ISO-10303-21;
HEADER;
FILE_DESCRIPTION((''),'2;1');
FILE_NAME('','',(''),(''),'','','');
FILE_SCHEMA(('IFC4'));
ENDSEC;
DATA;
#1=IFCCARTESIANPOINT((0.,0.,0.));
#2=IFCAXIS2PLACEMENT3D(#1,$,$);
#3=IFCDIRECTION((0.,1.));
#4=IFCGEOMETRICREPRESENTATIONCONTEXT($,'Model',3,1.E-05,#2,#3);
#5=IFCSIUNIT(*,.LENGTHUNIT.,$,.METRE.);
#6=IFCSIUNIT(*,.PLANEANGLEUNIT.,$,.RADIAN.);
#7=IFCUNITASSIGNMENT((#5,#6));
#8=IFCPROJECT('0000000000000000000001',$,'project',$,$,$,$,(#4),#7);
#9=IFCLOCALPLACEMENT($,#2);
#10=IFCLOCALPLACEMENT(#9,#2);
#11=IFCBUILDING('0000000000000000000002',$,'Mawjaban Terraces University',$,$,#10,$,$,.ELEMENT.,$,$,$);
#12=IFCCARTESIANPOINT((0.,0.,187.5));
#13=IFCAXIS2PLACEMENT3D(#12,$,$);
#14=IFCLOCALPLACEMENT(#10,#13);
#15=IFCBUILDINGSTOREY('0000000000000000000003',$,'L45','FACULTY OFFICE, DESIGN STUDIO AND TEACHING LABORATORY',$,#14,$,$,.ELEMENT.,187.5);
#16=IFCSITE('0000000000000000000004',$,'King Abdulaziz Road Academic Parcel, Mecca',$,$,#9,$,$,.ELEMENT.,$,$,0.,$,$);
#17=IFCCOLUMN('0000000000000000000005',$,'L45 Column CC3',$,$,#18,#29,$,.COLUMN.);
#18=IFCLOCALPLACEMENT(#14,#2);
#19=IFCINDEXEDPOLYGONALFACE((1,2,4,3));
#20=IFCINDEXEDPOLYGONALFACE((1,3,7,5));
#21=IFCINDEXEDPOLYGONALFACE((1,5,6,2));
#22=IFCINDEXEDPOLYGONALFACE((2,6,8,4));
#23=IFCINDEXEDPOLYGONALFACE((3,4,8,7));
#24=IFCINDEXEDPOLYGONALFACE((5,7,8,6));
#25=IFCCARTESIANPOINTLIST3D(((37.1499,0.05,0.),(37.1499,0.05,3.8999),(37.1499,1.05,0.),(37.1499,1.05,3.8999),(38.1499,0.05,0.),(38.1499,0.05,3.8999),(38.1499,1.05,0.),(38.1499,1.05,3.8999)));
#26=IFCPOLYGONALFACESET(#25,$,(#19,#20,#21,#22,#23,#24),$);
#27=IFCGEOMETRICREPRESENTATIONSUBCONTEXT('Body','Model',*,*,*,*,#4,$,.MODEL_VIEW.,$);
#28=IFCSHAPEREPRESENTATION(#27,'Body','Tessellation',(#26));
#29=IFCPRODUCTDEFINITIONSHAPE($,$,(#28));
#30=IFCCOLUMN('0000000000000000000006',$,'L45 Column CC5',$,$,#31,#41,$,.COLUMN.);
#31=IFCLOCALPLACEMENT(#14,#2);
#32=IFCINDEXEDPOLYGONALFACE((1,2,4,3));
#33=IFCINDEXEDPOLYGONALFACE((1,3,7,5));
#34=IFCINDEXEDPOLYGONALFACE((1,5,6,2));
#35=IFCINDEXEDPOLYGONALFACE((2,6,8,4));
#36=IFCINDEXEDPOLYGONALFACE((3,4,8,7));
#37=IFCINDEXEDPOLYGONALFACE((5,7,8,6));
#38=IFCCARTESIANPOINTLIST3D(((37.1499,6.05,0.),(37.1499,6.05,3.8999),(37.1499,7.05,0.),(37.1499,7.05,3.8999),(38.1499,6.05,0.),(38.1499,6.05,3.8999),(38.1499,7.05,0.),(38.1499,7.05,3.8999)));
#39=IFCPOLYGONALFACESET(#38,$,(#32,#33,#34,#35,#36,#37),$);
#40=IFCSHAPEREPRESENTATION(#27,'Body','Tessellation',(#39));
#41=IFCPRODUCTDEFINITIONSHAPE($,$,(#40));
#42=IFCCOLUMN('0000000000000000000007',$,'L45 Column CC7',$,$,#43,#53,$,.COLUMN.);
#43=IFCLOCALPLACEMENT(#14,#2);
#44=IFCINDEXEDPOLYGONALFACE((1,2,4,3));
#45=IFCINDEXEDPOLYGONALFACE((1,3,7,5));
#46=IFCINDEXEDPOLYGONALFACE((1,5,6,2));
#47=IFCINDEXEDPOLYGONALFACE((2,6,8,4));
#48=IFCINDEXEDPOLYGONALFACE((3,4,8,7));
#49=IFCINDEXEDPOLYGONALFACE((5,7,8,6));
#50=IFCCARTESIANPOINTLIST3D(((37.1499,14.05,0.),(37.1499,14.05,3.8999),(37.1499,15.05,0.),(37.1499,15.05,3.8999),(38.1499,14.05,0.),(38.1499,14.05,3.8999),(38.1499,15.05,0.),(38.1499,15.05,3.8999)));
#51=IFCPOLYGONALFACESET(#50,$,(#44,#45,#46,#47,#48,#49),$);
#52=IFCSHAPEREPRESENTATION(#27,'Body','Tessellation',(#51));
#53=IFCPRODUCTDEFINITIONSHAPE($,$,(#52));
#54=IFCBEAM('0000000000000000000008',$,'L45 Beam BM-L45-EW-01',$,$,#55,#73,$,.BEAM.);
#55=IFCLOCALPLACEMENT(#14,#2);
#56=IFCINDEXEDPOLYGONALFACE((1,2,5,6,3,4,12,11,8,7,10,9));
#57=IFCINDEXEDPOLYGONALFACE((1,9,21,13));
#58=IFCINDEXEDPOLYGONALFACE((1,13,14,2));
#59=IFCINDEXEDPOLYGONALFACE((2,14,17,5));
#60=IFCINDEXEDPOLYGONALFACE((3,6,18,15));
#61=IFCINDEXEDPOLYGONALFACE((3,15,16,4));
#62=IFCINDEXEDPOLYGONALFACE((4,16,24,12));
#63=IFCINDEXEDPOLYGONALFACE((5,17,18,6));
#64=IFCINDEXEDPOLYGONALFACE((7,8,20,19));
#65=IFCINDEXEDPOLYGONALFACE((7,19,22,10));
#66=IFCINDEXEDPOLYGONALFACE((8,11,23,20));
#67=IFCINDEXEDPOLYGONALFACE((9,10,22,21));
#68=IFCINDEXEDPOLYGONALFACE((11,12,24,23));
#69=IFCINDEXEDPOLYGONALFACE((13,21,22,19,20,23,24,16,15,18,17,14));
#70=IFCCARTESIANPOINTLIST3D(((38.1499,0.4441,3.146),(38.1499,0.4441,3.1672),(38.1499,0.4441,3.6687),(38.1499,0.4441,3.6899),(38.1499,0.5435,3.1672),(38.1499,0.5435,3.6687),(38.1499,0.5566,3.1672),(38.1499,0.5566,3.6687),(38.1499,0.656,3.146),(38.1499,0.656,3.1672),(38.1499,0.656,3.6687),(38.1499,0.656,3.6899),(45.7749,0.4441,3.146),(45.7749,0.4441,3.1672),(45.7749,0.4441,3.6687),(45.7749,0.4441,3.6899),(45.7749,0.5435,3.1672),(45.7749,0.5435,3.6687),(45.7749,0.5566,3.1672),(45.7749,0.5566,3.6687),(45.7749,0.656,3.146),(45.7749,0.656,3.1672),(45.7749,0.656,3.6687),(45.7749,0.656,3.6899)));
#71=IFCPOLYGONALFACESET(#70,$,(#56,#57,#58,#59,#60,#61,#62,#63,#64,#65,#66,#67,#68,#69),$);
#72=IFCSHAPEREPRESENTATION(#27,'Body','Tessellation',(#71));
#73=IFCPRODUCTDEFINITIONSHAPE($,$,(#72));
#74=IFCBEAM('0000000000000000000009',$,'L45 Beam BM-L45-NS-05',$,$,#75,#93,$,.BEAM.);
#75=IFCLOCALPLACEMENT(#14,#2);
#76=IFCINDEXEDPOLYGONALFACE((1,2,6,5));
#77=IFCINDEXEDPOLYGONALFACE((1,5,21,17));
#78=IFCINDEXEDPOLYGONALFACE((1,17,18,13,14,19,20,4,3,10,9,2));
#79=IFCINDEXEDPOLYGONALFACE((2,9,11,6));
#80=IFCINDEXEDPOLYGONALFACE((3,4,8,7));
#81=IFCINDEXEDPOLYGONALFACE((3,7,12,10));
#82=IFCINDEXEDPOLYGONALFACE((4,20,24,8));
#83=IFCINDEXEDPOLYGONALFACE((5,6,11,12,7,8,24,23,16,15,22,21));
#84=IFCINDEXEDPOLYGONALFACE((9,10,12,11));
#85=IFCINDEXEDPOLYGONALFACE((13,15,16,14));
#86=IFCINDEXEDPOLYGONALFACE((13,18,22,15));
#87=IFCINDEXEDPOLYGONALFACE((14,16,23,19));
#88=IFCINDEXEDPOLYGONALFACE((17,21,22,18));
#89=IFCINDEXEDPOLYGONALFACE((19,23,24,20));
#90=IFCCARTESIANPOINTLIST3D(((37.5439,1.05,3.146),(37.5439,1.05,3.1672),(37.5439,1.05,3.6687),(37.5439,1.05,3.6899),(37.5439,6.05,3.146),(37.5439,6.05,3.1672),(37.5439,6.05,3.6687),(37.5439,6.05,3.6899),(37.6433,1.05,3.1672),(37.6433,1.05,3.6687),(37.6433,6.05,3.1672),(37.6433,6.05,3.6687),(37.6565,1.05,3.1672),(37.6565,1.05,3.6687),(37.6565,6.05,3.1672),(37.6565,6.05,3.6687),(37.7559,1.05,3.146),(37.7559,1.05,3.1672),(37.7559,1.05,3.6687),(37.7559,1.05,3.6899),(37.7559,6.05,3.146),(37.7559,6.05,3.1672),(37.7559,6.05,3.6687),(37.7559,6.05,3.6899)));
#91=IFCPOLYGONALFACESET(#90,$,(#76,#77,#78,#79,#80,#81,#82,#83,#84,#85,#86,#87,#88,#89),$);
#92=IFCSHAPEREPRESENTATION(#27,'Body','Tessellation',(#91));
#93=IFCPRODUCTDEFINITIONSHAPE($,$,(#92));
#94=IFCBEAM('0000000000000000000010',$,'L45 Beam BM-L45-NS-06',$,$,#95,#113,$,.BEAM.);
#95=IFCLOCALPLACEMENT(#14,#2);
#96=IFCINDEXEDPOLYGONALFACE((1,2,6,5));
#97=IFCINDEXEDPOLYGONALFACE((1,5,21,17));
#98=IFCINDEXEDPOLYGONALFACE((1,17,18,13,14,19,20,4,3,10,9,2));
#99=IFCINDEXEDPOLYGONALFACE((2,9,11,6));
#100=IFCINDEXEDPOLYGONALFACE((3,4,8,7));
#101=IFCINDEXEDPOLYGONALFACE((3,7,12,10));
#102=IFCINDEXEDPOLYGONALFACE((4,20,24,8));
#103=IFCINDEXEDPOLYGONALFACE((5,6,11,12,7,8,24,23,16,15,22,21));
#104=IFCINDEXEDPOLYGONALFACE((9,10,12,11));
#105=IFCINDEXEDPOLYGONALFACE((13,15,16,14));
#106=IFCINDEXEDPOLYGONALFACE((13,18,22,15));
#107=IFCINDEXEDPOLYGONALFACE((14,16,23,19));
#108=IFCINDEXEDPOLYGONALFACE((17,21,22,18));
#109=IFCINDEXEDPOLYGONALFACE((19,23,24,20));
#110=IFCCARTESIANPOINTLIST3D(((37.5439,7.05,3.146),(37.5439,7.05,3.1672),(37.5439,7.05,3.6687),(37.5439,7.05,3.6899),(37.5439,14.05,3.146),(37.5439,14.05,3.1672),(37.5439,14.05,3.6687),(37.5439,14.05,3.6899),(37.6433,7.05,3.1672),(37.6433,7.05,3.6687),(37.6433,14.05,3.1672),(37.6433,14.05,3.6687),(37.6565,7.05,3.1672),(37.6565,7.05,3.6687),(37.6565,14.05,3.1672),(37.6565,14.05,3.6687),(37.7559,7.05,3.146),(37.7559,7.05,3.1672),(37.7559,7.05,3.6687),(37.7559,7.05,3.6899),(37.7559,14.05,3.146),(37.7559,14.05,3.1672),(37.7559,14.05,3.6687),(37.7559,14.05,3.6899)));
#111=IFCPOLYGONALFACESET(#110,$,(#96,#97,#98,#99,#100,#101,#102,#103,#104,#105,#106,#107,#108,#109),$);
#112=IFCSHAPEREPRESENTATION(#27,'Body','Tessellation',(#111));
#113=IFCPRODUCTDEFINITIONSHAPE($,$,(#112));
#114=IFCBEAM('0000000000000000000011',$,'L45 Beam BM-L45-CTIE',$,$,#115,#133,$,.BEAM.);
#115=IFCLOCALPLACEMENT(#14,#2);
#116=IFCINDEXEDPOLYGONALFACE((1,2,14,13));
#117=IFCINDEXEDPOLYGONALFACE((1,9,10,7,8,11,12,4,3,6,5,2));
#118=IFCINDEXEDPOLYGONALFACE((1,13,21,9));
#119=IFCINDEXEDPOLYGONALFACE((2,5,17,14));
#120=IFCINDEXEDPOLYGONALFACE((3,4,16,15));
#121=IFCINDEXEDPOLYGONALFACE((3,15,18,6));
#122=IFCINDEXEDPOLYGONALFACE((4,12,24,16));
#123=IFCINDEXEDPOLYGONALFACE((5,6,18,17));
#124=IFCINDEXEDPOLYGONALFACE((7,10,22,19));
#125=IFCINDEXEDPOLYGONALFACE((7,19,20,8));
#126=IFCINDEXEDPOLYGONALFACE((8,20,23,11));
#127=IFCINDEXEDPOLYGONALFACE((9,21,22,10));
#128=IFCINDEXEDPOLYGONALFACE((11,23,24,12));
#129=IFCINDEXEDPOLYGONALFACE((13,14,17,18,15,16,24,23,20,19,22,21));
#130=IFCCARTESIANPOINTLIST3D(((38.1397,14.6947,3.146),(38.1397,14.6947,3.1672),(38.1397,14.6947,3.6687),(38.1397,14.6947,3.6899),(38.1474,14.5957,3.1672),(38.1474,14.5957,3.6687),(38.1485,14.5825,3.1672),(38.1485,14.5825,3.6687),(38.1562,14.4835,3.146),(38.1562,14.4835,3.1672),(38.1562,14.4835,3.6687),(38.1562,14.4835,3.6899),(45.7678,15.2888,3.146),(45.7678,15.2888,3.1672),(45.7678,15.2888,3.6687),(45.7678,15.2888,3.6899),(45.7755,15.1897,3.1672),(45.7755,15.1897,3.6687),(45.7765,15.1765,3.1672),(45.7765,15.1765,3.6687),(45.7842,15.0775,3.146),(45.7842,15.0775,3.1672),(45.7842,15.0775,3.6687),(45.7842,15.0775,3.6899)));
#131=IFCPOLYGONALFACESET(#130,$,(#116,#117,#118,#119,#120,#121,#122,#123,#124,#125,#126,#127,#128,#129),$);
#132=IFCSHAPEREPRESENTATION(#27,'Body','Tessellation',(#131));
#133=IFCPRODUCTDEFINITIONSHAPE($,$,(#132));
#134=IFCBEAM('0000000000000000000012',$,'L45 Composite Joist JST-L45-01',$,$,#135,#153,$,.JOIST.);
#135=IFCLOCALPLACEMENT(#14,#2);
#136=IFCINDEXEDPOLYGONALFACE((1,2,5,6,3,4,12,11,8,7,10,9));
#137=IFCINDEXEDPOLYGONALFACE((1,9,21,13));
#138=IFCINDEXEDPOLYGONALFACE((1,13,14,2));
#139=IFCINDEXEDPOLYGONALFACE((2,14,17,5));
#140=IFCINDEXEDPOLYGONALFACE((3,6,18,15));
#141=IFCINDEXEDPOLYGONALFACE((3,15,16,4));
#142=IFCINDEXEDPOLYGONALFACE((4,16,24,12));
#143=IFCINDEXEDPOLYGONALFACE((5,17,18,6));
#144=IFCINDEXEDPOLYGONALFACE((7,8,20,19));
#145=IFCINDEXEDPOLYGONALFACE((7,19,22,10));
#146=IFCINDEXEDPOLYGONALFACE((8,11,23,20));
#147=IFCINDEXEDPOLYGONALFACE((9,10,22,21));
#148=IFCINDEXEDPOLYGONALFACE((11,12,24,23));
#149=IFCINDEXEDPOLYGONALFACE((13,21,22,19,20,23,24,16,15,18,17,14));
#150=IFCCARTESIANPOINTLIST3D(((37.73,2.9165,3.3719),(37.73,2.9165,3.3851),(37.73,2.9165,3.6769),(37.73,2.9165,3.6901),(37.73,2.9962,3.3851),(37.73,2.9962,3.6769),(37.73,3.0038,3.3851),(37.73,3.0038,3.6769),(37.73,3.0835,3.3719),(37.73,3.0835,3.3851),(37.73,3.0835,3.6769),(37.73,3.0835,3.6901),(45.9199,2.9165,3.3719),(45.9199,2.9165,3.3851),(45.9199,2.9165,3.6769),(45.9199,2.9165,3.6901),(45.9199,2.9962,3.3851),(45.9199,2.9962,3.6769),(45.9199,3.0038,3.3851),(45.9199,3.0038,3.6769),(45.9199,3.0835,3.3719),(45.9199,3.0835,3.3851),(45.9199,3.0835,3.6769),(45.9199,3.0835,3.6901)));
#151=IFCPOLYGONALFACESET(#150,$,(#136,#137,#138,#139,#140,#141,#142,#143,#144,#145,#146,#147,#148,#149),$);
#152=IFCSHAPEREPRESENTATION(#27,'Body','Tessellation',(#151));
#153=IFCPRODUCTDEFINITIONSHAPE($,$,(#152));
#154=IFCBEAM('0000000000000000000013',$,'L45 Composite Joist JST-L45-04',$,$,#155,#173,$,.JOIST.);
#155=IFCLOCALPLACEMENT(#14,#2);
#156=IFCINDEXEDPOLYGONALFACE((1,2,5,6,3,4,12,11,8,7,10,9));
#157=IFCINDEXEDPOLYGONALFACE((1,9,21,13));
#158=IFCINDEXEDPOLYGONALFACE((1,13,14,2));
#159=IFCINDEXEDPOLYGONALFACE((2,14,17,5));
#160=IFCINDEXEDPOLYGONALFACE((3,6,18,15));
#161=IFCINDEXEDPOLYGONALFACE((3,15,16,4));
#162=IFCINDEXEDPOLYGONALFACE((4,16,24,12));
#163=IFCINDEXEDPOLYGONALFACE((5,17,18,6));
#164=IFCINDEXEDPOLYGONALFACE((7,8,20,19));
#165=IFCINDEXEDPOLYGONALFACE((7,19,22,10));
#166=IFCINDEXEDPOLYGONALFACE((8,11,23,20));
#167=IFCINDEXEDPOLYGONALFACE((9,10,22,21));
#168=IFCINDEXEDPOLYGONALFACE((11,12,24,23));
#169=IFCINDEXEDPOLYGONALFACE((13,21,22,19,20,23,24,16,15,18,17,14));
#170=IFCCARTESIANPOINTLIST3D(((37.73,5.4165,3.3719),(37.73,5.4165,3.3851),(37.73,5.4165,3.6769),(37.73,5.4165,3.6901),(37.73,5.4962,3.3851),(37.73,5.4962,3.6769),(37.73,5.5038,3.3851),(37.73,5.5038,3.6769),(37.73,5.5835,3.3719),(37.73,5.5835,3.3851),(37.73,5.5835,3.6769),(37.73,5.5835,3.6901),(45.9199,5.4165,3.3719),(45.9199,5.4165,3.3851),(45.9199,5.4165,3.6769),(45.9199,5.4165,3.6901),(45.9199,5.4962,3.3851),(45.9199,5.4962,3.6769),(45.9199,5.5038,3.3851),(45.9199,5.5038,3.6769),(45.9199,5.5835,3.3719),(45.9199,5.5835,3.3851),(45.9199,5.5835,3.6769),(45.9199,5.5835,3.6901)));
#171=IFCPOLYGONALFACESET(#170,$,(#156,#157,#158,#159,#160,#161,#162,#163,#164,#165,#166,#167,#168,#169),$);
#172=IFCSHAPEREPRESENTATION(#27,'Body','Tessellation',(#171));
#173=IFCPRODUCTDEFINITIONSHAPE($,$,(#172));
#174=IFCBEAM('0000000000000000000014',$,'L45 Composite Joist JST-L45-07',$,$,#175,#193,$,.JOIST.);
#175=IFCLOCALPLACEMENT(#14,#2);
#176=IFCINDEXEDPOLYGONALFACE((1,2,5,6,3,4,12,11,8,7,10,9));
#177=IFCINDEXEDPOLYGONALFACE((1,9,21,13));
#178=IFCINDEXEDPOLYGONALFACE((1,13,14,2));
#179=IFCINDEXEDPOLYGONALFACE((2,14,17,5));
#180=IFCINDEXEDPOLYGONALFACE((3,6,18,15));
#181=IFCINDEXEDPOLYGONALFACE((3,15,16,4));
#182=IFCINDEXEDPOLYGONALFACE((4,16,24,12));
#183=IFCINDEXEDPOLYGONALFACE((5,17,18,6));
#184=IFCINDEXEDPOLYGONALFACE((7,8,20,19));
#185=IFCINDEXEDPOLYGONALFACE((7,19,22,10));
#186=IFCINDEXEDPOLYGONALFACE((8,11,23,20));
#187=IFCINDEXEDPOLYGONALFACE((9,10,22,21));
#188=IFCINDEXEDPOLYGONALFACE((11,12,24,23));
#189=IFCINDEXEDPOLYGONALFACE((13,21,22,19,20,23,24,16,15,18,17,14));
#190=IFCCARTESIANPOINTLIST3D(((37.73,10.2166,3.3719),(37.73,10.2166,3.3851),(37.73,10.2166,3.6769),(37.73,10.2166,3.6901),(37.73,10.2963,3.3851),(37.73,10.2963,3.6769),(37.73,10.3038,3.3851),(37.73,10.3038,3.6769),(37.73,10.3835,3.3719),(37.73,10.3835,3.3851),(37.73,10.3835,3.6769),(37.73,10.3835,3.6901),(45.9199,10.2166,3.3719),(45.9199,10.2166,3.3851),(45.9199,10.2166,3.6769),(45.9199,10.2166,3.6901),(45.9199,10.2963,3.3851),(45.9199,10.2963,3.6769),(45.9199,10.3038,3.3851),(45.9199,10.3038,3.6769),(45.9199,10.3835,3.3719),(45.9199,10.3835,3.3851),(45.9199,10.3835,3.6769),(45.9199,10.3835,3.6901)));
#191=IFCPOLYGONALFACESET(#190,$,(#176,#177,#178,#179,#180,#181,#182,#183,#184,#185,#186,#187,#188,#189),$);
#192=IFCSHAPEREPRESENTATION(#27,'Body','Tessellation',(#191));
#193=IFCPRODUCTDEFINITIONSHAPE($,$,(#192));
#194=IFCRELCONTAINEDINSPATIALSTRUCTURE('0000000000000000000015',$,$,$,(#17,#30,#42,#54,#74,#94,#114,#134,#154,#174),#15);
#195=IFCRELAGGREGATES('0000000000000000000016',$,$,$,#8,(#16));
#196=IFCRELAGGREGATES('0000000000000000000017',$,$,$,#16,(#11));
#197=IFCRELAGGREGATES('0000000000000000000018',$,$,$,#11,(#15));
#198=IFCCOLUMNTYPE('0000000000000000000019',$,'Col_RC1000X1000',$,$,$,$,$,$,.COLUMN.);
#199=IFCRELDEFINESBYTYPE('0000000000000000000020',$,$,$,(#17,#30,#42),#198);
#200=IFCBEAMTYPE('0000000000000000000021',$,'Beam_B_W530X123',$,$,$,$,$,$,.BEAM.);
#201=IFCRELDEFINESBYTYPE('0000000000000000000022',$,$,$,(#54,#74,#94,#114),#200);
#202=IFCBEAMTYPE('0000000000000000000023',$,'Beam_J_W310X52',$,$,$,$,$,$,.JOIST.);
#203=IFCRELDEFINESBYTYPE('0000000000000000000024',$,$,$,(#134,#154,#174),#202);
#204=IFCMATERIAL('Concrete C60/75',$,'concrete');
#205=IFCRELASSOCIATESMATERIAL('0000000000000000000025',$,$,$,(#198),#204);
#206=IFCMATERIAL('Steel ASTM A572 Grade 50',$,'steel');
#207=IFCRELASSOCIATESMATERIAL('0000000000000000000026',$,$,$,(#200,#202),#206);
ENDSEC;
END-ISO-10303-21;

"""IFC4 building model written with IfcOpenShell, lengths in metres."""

from ifc_helpers import new_model, si_unit, direction, frame, origin, origin_2d, place, context, subcontext, project, spatial, rectangle, i_section, extrude, material, material_profile, profile_set, type_object, element, save


model = new_model("IFC4")

# Units and contexts
model_context = context("Model", 3, precision=1e-05, world=origin(), true_north=direction((0.0, 1.0)))
body_context = subcontext(model_context, "Body", "Model", "MODEL_VIEW")
ifc_project = project(units=[si_unit("LENGTHUNIT", "METRE"), si_unit("PLANEANGLEUNIT", "RADIAN")], contexts=[model_context])

# Site, building, storey
site_placement = place(None, origin())
site = spatial("IfcSite", under=ifc_project, at=site_placement, Name="King Abdulaziz Road Academic Parcel, Mecca", CompositionType="ELEMENT", RefElevation=0.0)
building_placement = place(site_placement, origin())
building = spatial("IfcBuilding", under=site, at=building_placement, Name="Mawjaban Terraces University", CompositionType="ELEMENT")
storey_placement = place(building_placement, frame((0.0, 0.0, 187.5)))
storey = spatial("IfcBuildingStorey", under=building, at=storey_placement, Name="L45", Description="FACULTY OFFICE, DESIGN STUDIO AND TEACHING LABORATORY", CompositionType="ELEMENT", Elevation=187.5)

# Columns
ifc_material_1 = material(Name="Concrete C60/75", Category="concrete")
ifc_material_profile_1 = material_profile(ifc_material_1, rectangle(XDim=1.0, YDim=1.0, at=origin_2d()), Name="RC1000X1000")
ifc_profile_set_1 = profile_set([ifc_material_profile_1], Name="Concrete C60/75")
column_type = type_object("IfcColumnType", Name="Col_RC1000X1000", PredefinedType="COLUMN", material=ifc_profile_set_1)
for number, where, z_axis, x_axis, name in (
    (1, (37.6499, 0.55, 0.0), (0.0, 0.0, 1.0), (1.0, 0.0, 0.0), "L45 Column CC3"),
    (2, (37.6499, 6.55, 0.0), (0.0, 0.0, 1.0), (1.0, 0.0, 0.0), "L45 Column CC5"),
    (3, (37.6499, 14.55, 0.0), (0.0, 0.0, 1.0), (1.0, 0.0, 0.0), "L45 Column CC7"),
):
    element("IfcColumn", number, at=place(storey_placement, frame(where, z_axis=z_axis, x_axis=x_axis)), inside=storey, type_object=column_type, Name=name, PredefinedType="COLUMN", context=body_context, shape_type="SweptSolid", body=[
        extrude(rectangle(XDim=1.0, YDim=1.0, at=origin_2d()), origin(), (0.0, 0.0, 1.0), 3.8999),
    ])

# Beams
ifc_material_2 = material(Name="Steel ASTM A572 Grade 50", Category="steel")
ifc_material_profile_2 = material_profile(ifc_material_2, i_section(OverallWidth=0.2119, OverallDepth=0.5439, WebThickness=0.0132, FlangeThickness=0.0212, at=origin_2d()), Name="W530X123")
ifc_profile_set_2 = profile_set([ifc_material_profile_2], Name="Steel ASTM A572 Grade 50")
beam_type_1 = type_object("IfcBeamType", Name="Beam_B_W530X123", PredefinedType="BEAM", material=ifc_profile_set_2)
beam_1_placement = place(storey_placement, frame((38.1499, 0.55, 3.418), z_axis=(1.0, 0.0, 0.0), x_axis=(0.0, 1.0, 0.0)))
element("IfcBeam", 4, at=beam_1_placement, inside=storey, type_object=beam_type_1, Name="L45 Beam BM-L45-EW-01", PredefinedType="BEAM", context=body_context, shape_type="SweptSolid", body=[
    extrude(i_section(OverallWidth=0.2119, OverallDepth=0.5439, WebThickness=0.0132, FlangeThickness=0.0212, at=origin_2d()), origin(), (0.0, 0.0, 1.0), 7.625),
])
beam_2_placement = place(storey_placement, frame((37.6499, 1.05, 3.418), z_axis=(0.0, 1.0, 0.0), x_axis=(-1.0, 0.0, 0.0)))
element("IfcBeam", 5, at=beam_2_placement, inside=storey, type_object=beam_type_1, Name="L45 Beam BM-L45-NS-05", PredefinedType="BEAM", context=body_context, shape_type="SweptSolid", body=[
    extrude(i_section(OverallWidth=0.2119, OverallDepth=0.5439, WebThickness=0.0132, FlangeThickness=0.0212, at=origin_2d()), origin(), (0.0, 0.0, 1.0), 5.0),
])
beam_3_placement = place(storey_placement, frame((37.6499, 7.05, 3.418), z_axis=(0.0, 1.0, 0.0), x_axis=(-1.0, 0.0, 0.0)))
element("IfcBeam", 6, at=beam_3_placement, inside=storey, type_object=beam_type_1, Name="L45 Beam BM-L45-NS-06", PredefinedType="BEAM", context=body_context, shape_type="SweptSolid", body=[
    extrude(i_section(OverallWidth=0.2119, OverallDepth=0.5439, WebThickness=0.0132, FlangeThickness=0.0212, at=origin_2d()), origin(), (0.0, 0.0, 1.0), 7.0),
])
beam_4_placement = place(storey_placement, frame((38.1479, 14.5891, 3.418), z_axis=(0.996982, 0.077636, 0.0), x_axis=(-0.077636, 0.996982, 0.0)))
element("IfcBeam", 7, at=beam_4_placement, inside=storey, type_object=beam_type_1, Name="L45 Beam BM-L45-CTIE", PredefinedType="BEAM", context=body_context, shape_type="SweptSolid", body=[
    extrude(i_section(OverallWidth=0.2119, OverallDepth=0.5439, WebThickness=0.0132, FlangeThickness=0.0212, at=origin_2d()), origin(), (0.0, 0.0, 1.0), 7.6511),
])
ifc_material_profile_3 = material_profile(ifc_material_2, i_section(OverallWidth=0.167, OverallDepth=0.3181, WebThickness=0.0076, FlangeThickness=0.0132, at=origin_2d()), Name="W310X52")
ifc_profile_set_3 = profile_set([ifc_material_profile_3], Name="Steel ASTM A572 Grade 50")
beam_type_2 = type_object("IfcBeamType", Name="Beam_J_W310X52", PredefinedType="JOIST", material=ifc_profile_set_3)
for number, where, z_axis, x_axis, name in (
    (8, (37.73, 3.0, 3.531), (1.0, 0.0, 0.0), (0.0, 1.0, 0.0), "L45 Composite Joist JST-L45-01"),
    (9, (37.73, 5.5, 3.531), (1.0, 0.0, 0.0), (0.0, 1.0, 0.0), "L45 Composite Joist JST-L45-04"),
    (10, (37.73, 10.3, 3.531), (1.0, 0.0, 0.0), (0.0, 1.0, 0.0), "L45 Composite Joist JST-L45-07"),
):
    element("IfcBeam", number, at=place(storey_placement, frame(where, z_axis=z_axis, x_axis=x_axis)), inside=storey, type_object=beam_type_2, Name=name, PredefinedType="JOIST", context=body_context, shape_type="SweptSolid", body=[
        extrude(i_section(OverallWidth=0.167, OverallDepth=0.3181, WebThickness=0.0076, FlangeThickness=0.0132, at=origin_2d()), origin(), (0.0, 0.0, 1.0), 8.1899),
    ])

save(model, "model.ifc")
